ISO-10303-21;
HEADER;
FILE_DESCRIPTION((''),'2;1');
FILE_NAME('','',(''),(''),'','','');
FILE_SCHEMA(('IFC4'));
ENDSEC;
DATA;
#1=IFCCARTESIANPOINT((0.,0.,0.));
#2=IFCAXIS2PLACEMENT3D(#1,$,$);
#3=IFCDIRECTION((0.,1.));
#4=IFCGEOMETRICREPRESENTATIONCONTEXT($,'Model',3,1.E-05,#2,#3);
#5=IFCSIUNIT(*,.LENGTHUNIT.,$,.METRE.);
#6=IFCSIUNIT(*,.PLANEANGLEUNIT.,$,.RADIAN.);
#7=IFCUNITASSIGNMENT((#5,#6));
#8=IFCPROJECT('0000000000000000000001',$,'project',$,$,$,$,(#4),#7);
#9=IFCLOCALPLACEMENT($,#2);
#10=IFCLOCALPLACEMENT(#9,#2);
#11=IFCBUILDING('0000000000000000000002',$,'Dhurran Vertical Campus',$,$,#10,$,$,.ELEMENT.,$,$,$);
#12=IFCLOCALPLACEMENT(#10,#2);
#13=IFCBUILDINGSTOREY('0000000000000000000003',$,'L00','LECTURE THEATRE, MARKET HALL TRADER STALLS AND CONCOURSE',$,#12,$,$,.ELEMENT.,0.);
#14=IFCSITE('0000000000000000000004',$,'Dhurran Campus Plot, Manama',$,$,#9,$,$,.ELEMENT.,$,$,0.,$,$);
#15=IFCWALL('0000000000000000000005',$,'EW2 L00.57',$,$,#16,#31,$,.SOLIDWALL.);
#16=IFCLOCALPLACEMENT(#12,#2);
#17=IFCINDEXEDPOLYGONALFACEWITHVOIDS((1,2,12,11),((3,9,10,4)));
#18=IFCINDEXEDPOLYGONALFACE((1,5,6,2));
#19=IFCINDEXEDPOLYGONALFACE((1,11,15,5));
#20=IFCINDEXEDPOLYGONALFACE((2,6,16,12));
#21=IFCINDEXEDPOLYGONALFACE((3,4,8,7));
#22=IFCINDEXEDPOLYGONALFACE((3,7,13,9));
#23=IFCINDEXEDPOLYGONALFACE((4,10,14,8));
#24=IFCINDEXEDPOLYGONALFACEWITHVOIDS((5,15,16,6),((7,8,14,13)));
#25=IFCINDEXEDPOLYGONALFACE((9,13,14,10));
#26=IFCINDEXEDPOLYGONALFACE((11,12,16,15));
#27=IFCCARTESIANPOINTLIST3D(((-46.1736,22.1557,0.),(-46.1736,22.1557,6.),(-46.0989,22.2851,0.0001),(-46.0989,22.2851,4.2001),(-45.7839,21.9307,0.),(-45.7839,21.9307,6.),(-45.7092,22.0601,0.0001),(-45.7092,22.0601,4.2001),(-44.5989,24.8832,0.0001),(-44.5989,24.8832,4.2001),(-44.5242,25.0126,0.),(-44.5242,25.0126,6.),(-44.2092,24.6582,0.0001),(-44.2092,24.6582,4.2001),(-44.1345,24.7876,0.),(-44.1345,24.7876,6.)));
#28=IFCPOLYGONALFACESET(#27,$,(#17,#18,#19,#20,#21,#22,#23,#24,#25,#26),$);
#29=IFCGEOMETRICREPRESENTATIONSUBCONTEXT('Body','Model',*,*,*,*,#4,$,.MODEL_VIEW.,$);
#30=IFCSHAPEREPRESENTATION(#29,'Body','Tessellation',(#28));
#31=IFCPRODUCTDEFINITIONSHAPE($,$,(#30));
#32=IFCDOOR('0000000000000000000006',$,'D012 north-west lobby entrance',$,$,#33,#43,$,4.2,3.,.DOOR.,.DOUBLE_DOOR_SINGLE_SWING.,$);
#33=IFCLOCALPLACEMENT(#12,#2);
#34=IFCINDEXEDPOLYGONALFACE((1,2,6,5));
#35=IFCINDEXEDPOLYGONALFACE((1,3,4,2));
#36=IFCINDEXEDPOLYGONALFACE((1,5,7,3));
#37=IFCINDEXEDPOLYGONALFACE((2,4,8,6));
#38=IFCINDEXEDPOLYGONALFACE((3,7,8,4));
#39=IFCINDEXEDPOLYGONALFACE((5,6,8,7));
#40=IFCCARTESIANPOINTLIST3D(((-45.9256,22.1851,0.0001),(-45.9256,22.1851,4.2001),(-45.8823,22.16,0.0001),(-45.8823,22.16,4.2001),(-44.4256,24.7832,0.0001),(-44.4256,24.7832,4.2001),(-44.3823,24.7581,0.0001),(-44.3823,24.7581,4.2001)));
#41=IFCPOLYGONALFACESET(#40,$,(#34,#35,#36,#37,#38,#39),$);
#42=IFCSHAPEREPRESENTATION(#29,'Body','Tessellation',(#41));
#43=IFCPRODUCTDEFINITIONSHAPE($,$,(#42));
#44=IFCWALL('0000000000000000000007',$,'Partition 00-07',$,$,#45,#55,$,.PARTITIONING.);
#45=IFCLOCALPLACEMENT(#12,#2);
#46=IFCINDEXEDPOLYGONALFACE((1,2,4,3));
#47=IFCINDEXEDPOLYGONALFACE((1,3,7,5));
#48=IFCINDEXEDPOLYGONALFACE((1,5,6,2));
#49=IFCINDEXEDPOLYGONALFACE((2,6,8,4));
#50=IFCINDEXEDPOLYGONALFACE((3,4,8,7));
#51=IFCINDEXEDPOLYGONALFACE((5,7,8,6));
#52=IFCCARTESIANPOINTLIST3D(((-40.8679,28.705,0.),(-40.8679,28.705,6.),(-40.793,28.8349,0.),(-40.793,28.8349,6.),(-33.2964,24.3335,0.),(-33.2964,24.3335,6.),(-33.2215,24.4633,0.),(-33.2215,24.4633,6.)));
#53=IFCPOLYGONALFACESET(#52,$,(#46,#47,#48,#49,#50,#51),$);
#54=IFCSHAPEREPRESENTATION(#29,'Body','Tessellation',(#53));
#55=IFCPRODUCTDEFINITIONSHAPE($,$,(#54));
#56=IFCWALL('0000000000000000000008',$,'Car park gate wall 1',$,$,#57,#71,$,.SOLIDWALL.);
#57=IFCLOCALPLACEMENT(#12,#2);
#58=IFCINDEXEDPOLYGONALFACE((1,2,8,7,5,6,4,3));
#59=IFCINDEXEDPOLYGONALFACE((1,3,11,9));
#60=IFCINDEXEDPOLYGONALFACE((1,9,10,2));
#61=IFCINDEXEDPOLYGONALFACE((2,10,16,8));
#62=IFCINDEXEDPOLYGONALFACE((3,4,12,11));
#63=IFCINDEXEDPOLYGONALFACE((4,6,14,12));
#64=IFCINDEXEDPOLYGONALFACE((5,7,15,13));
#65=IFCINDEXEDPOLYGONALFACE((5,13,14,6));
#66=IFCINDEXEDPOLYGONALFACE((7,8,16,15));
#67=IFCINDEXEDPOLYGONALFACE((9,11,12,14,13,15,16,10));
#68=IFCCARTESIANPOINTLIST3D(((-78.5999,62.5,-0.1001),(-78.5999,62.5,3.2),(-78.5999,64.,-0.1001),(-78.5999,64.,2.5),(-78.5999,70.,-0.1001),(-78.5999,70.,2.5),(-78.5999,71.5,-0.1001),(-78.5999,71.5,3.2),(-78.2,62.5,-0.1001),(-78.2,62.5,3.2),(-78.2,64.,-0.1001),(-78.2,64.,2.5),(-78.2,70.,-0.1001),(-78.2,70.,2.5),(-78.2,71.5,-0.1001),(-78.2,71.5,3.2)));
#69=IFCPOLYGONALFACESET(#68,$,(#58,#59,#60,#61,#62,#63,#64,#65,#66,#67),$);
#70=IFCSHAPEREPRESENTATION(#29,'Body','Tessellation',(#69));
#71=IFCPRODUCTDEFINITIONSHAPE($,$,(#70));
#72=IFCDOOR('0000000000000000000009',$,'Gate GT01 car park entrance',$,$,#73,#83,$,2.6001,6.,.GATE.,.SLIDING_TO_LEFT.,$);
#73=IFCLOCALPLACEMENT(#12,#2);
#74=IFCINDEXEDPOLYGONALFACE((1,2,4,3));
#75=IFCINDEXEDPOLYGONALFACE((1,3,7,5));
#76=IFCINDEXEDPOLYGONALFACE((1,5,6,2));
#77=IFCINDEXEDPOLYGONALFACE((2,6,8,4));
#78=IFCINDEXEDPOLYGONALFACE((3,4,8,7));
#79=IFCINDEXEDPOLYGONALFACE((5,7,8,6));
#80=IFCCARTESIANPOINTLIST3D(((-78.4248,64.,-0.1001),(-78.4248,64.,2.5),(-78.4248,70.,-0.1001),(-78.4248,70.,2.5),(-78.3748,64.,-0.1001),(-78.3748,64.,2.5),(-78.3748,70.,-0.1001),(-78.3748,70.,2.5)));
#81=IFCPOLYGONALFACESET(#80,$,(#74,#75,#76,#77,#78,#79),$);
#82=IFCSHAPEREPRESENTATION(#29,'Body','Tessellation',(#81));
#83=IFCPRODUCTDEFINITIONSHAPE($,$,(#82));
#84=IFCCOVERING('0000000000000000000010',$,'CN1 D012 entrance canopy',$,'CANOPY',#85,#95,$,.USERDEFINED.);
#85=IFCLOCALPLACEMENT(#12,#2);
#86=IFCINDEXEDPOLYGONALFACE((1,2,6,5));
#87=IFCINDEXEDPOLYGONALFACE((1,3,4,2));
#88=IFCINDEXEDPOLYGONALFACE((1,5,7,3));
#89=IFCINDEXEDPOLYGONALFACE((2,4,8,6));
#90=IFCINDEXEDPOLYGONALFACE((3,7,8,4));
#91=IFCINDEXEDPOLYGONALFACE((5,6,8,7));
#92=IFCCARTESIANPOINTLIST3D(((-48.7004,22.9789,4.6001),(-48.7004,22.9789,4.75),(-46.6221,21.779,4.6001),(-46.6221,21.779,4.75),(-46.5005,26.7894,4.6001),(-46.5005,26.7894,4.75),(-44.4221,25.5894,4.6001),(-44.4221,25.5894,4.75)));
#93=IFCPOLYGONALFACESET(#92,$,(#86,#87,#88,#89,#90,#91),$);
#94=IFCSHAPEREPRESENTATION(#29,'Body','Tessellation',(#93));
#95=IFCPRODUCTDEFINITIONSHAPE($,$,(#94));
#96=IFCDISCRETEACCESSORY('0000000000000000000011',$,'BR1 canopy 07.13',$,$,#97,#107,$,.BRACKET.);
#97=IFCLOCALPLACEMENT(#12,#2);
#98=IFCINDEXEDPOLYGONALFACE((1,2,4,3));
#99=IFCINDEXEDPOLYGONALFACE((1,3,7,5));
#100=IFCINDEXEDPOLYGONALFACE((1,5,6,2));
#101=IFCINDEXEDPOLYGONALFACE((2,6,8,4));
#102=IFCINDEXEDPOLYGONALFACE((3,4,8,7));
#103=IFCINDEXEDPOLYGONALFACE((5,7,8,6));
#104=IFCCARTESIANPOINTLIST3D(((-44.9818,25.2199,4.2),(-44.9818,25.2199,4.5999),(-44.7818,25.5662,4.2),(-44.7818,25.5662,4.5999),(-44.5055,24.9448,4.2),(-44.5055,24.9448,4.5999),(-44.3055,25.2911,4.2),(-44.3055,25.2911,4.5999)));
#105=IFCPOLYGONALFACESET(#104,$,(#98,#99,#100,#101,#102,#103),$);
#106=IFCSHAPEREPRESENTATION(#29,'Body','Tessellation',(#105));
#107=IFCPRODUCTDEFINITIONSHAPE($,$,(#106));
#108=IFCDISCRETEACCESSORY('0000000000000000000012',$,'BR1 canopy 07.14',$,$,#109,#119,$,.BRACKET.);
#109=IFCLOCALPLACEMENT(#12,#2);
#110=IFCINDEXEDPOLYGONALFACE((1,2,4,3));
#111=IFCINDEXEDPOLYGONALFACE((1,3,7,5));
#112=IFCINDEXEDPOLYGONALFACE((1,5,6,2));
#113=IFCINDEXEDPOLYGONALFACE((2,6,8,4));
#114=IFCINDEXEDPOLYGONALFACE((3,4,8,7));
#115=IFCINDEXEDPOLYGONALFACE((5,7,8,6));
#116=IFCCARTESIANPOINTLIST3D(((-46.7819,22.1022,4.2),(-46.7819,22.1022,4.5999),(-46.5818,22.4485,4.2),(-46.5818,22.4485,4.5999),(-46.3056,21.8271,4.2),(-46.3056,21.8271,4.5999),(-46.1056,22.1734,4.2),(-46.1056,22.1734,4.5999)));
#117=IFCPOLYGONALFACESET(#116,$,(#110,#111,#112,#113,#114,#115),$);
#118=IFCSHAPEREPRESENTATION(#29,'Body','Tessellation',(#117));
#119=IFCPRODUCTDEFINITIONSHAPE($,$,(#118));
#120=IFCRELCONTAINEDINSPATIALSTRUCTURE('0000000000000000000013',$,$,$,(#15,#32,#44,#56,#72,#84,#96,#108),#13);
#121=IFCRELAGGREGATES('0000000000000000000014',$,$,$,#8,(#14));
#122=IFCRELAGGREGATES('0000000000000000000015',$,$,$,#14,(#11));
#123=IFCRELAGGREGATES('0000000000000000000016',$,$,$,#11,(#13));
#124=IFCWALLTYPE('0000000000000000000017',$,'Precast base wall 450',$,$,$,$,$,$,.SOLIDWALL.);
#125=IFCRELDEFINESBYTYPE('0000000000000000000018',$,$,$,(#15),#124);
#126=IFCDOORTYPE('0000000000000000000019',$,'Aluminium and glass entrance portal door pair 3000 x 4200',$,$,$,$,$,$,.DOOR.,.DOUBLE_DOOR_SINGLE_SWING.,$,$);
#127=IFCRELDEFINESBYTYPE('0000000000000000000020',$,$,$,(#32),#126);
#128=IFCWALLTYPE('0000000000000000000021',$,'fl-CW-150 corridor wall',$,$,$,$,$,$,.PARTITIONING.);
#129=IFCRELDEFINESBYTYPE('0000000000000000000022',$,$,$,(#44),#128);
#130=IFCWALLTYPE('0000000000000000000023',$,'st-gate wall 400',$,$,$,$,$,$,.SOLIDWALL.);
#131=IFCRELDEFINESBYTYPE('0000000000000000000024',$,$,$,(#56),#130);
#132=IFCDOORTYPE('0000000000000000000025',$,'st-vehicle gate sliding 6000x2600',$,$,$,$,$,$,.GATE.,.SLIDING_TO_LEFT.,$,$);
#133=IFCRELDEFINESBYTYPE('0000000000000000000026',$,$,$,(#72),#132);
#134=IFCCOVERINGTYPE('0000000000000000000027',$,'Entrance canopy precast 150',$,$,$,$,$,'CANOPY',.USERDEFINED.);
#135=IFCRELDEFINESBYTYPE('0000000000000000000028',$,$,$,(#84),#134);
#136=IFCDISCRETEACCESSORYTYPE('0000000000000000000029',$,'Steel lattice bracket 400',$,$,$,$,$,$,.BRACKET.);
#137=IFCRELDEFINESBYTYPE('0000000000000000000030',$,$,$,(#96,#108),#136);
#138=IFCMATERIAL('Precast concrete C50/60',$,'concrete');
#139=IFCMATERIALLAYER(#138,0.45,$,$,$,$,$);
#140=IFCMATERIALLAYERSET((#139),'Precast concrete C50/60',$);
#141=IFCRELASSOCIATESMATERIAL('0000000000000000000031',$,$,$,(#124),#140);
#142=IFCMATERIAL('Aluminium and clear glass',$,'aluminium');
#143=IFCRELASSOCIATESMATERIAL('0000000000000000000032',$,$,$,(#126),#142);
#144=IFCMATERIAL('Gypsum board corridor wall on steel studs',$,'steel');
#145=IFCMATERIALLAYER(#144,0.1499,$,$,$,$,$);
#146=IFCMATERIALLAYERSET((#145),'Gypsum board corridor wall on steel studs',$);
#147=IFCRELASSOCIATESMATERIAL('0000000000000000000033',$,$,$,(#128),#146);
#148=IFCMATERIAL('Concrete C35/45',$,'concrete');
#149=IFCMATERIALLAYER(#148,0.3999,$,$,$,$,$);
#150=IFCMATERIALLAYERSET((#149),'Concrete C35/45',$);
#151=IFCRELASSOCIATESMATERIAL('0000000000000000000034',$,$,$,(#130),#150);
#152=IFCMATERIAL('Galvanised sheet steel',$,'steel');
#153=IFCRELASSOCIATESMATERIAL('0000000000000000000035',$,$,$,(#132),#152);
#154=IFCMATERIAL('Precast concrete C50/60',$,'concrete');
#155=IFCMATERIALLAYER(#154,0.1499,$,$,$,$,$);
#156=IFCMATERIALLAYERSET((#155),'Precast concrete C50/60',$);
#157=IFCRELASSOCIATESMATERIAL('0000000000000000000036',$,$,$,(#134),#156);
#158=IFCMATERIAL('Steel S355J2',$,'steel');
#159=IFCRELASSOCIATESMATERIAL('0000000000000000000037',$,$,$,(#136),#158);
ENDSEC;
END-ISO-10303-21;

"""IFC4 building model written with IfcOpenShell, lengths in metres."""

from ifc_helpers import new_model, si_unit, direction, frame, frame_2d, origin, origin_2d, place, context, subcontext, project, spatial, rectangle, extrude, material, layer, layer_set, material_profile, profile_set, type_object, element, fill, save


model = new_model("IFC4")

# Units and contexts
model_context = context("Model", 3, precision=1e-05, world=origin(), true_north=direction((0.0, 1.0)))
body_context = subcontext(model_context, "Body", "Model", "MODEL_VIEW")
ifc_project = project(units=[si_unit("LENGTHUNIT", "METRE"), si_unit("PLANEANGLEUNIT", "RADIAN")], contexts=[model_context])

# Site, building, storey
site_placement = place(None, origin())
site = spatial("IfcSite", under=ifc_project, at=site_placement, Name="Dhurran Campus Plot, Manama", CompositionType="ELEMENT", RefElevation=0.0)
building_placement = place(site_placement, origin())
building = spatial("IfcBuilding", under=site, at=building_placement, Name="Dhurran Vertical Campus", CompositionType="ELEMENT")
storey_placement = place(building_placement, origin())
storey = spatial("IfcBuildingStorey", under=building, at=storey_placement, Name="L00", Description="LECTURE THEATRE, MARKET HALL TRADER STALLS AND CONCOURSE", CompositionType="ELEMENT", Elevation=0.0)

# Shared definitions
ifc_material_1 = material(Name="Precast concrete C50/60", Category="concrete")
ifc_layer_1 = layer(ifc_material_1, 0.45)
ifc_layer_set_1 = layer_set([ifc_layer_1], Name="Precast concrete C50/60")
wall_type_1 = type_object("IfcWallType", Name="Precast base wall 450", PredefinedType="SOLIDWALL", material=ifc_layer_set_1)

# Wall, opening, door
wall_1_placement = place(storey_placement, frame((-45.9788, 22.0432, 0.0), z_axis=(0.0, 0.0, 1.0), x_axis=(0.499992, 0.86603, 0.0)))
wall_1 = element("IfcWall", 1, at=wall_1_placement, inside=storey, type_object=wall_type_1, Name="EW2 L00.57", PredefinedType="SOLIDWALL", context=body_context, shape_type="SweptSolid", body=[
    extrude(rectangle(XDim=3.2988, YDim=0.45, at=frame_2d((1.6494, 0.0))), origin(), (0.0, 0.0, 1.0), 6.0),
])
opening_1_placement = place(wall_1_placement, frame((0.1494, 0.0, 0.0)))
opening_1 = element("IfcOpeningElement", 2, at=opening_1_placement, cuts=wall_1, PredefinedType="OPENING", context=body_context, shape_type="SweptSolid", body=[
    extrude(rectangle(XDim=3.0, YDim=4.2, at=frame_2d((1.5, 2.1001))), frame((0.0, 0.2349, 0.0), z_axis=(0.0, -1.0, 0.0), x_axis=(1.0, 0.0, 0.0)), (0.0, 0.0, 1.0), 0.47),
])
ifc_material_2 = material(Name="Aluminium and clear glass", Category="aluminium")
door_type_1 = type_object("IfcDoorType", Name="Aluminium and glass entrance portal door pair 3000 x 4200", OperationType="DOUBLE_DOOR_SINGLE_SWING", PredefinedType="DOOR", material=ifc_material_2)
door_1_placement = place(opening_1_placement, origin())
door_1 = element("IfcDoor", 3, at=door_1_placement, inside=storey, type_object=door_type_1, Name="D012 north-west lobby entrance", OperationType="DOUBLE_DOOR_SINGLE_SWING", OverallHeight=4.2, OverallWidth=3.0, PredefinedType="DOOR", context=body_context, shape_type="SweptSolid", body=[
    extrude(rectangle(XDim=3.0, YDim=4.2, at=frame_2d((1.5, 2.1001))), frame((0.0, 0.0249, 0.0), z_axis=(0.0, -1.0, 0.0), x_axis=(1.0, 0.0, 0.0)), (0.0, 0.0, 1.0), 0.05),
])
fill(opening_1, door_1)

# Wall
ifc_material_3 = material(Name="Gypsum board corridor wall on steel studs", Category="steel")
ifc_layer_2 = layer(ifc_material_3, 0.1499)
ifc_layer_set_2 = layer_set([ifc_layer_2], Name="Gypsum board corridor wall on steel studs")
wall_type_2 = type_object("IfcWallType", Name="fl-CW-150 corridor wall", PredefinedType="PARTITIONING", material=ifc_layer_set_2)
wall_2_placement = place(storey_placement, frame((-40.8306, 28.77, 0.0), z_axis=(0.0, 0.0, 1.0), x_axis=(0.866018, -0.500013, 0.0)))
element("IfcWall", 4, at=wall_2_placement, inside=storey, type_object=wall_type_2, Name="Partition 00-07", PredefinedType="PARTITIONING", context=body_context, shape_type="SweptSolid", body=[
    extrude(rectangle(XDim=8.7429, YDim=0.1499, at=frame_2d((4.3716, 0.0))), origin(), (0.0, 0.0, 1.0), 6.0),
])

# Wall, opening, door
ifc_material_4 = material(Name="Concrete C35/45", Category="concrete")
ifc_layer_3 = layer(ifc_material_4, 0.3999)
ifc_layer_set_3 = layer_set([ifc_layer_3], Name="Concrete C35/45")
wall_type_3 = type_object("IfcWallType", Name="st-gate wall 400", PredefinedType="SOLIDWALL", material=ifc_layer_set_3)
wall_3_placement = place(storey_placement, frame((-78.3999, 62.5, -0.1001), z_axis=(0.0, 0.0, 1.0), x_axis=(0.0, 1.0, 0.0)))
wall_3 = element("IfcWall", 5, at=wall_3_placement, inside=storey, type_object=wall_type_3, Name="Car park gate wall 1", PredefinedType="SOLIDWALL", context=body_context, shape_type="SweptSolid", body=[
    extrude(rectangle(XDim=9.0, YDim=0.3999, at=frame_2d((4.5, 0.0))), origin(), (0.0, 0.0, 1.0), 3.3),
])
opening_2_placement = place(wall_3_placement, frame((1.5, 0.0, 0.0)))
opening_2 = element("IfcOpeningElement", 6, at=opening_2_placement, cuts=wall_3, PredefinedType="OPENING", context=body_context, shape_type="SweptSolid", body=[
    extrude(rectangle(XDim=6.0, YDim=2.6001, at=frame_2d((3.0, 1.3))), frame((0.0, 0.21, 0.0), z_axis=(0.0, -1.0, 0.0), x_axis=(1.0, 0.0, 0.0)), (0.0, 0.0, 1.0), 0.4199),
])
ifc_material_5 = material(Name="Galvanised sheet steel", Category="steel")
door_type_2 = type_object("IfcDoorType", Name="st-vehicle gate sliding 6000x2600", OperationType="SLIDING_TO_LEFT", PredefinedType="GATE", material=ifc_material_5)
door_2_placement = place(opening_2_placement, origin())
door_2 = element("IfcDoor", 7, at=door_2_placement, inside=storey, type_object=door_type_2, Name="Gate GT01 car park entrance", OperationType="SLIDING_TO_LEFT", OverallHeight=2.6001, OverallWidth=6.0, PredefinedType="GATE", context=body_context, shape_type="SweptSolid", body=[
    extrude(rectangle(XDim=6.0, YDim=2.6001, at=frame_2d((3.0, 1.3))), frame((0.0, 0.0249, 0.0), z_axis=(0.0, -1.0, 0.0), x_axis=(1.0, 0.0, 0.0)), (0.0, 0.0, 1.0), 0.05),
])
fill(opening_2, door_2)

# Covering
ifc_material_6 = material(Name="Precast concrete C50/60", Category="concrete")
ifc_layer_4 = layer(ifc_material_6, 0.1499)
ifc_layer_set_4 = layer_set([ifc_layer_4], Name="Precast concrete C50/60")
covering_type = type_object("IfcCoveringType", Name="Entrance canopy precast 150", ElementType="CANOPY", PredefinedType="USERDEFINED", material=ifc_layer_set_4)
covering_placement = place(storey_placement, frame((-46.5613, 24.2842, 4.6001), z_axis=(0.0, 0.0, 1.0), x_axis=(-0.5, -0.866025, 0.0)))
element("IfcCovering", 8, at=covering_placement, inside=storey, type_object=covering_type, Name="CN1 D012 entrance canopy", ObjectType="CANOPY", PredefinedType="USERDEFINED", context=body_context, shape_type="SweptSolid", body=[
    extrude(rectangle(XDim=4.3999, YDim=2.3999, at=origin_2d()), origin(), (0.0, 0.0, 1.0), 0.1499),
])

# Discrete accessories
ifc_material_7 = material(Name="Steel S355J2", Category="steel")
ifc_material_profile_1 = material_profile(ifc_material_7, rectangle(XDim=0.3999, YDim=0.3999, at=origin_2d()), Name="Steel lattice bracket 400")
ifc_profile_set_1 = profile_set([ifc_material_profile_1], Name="Steel S355J2")
discrete_accessory_type = type_object("IfcDiscreteAccessoryType", Name="Steel lattice bracket 400", PredefinedType="BRACKET", material=ifc_profile_set_1)
for number, where, z_axis, x_axis, name in (
    (9, (-44.4055, 25.1179, 4.3999), (-0.865912, 0.500196, 0.0), (-0.500196, -0.865912, 0.0), "BR1 canopy 07.13"),
    (10, (-46.2056, 22.0002, 4.3999), (-0.865912, 0.500196, 0.0), (-0.500196, -0.865912, 0.0), "BR1 canopy 07.14"),
):
    element("IfcDiscreteAccessory", number, at=place(storey_placement, frame(where, z_axis=z_axis, x_axis=x_axis)), inside=storey, type_object=discrete_accessory_type, Name=name, PredefinedType="BRACKET", context=body_context, shape_type="SweptSolid", body=[
        extrude(rectangle(XDim=0.3999, YDim=0.3999, at=origin_2d()), origin(), (0.0, 0.0, 1.0), 0.55),
    ])

save(model, "model.ifc")
